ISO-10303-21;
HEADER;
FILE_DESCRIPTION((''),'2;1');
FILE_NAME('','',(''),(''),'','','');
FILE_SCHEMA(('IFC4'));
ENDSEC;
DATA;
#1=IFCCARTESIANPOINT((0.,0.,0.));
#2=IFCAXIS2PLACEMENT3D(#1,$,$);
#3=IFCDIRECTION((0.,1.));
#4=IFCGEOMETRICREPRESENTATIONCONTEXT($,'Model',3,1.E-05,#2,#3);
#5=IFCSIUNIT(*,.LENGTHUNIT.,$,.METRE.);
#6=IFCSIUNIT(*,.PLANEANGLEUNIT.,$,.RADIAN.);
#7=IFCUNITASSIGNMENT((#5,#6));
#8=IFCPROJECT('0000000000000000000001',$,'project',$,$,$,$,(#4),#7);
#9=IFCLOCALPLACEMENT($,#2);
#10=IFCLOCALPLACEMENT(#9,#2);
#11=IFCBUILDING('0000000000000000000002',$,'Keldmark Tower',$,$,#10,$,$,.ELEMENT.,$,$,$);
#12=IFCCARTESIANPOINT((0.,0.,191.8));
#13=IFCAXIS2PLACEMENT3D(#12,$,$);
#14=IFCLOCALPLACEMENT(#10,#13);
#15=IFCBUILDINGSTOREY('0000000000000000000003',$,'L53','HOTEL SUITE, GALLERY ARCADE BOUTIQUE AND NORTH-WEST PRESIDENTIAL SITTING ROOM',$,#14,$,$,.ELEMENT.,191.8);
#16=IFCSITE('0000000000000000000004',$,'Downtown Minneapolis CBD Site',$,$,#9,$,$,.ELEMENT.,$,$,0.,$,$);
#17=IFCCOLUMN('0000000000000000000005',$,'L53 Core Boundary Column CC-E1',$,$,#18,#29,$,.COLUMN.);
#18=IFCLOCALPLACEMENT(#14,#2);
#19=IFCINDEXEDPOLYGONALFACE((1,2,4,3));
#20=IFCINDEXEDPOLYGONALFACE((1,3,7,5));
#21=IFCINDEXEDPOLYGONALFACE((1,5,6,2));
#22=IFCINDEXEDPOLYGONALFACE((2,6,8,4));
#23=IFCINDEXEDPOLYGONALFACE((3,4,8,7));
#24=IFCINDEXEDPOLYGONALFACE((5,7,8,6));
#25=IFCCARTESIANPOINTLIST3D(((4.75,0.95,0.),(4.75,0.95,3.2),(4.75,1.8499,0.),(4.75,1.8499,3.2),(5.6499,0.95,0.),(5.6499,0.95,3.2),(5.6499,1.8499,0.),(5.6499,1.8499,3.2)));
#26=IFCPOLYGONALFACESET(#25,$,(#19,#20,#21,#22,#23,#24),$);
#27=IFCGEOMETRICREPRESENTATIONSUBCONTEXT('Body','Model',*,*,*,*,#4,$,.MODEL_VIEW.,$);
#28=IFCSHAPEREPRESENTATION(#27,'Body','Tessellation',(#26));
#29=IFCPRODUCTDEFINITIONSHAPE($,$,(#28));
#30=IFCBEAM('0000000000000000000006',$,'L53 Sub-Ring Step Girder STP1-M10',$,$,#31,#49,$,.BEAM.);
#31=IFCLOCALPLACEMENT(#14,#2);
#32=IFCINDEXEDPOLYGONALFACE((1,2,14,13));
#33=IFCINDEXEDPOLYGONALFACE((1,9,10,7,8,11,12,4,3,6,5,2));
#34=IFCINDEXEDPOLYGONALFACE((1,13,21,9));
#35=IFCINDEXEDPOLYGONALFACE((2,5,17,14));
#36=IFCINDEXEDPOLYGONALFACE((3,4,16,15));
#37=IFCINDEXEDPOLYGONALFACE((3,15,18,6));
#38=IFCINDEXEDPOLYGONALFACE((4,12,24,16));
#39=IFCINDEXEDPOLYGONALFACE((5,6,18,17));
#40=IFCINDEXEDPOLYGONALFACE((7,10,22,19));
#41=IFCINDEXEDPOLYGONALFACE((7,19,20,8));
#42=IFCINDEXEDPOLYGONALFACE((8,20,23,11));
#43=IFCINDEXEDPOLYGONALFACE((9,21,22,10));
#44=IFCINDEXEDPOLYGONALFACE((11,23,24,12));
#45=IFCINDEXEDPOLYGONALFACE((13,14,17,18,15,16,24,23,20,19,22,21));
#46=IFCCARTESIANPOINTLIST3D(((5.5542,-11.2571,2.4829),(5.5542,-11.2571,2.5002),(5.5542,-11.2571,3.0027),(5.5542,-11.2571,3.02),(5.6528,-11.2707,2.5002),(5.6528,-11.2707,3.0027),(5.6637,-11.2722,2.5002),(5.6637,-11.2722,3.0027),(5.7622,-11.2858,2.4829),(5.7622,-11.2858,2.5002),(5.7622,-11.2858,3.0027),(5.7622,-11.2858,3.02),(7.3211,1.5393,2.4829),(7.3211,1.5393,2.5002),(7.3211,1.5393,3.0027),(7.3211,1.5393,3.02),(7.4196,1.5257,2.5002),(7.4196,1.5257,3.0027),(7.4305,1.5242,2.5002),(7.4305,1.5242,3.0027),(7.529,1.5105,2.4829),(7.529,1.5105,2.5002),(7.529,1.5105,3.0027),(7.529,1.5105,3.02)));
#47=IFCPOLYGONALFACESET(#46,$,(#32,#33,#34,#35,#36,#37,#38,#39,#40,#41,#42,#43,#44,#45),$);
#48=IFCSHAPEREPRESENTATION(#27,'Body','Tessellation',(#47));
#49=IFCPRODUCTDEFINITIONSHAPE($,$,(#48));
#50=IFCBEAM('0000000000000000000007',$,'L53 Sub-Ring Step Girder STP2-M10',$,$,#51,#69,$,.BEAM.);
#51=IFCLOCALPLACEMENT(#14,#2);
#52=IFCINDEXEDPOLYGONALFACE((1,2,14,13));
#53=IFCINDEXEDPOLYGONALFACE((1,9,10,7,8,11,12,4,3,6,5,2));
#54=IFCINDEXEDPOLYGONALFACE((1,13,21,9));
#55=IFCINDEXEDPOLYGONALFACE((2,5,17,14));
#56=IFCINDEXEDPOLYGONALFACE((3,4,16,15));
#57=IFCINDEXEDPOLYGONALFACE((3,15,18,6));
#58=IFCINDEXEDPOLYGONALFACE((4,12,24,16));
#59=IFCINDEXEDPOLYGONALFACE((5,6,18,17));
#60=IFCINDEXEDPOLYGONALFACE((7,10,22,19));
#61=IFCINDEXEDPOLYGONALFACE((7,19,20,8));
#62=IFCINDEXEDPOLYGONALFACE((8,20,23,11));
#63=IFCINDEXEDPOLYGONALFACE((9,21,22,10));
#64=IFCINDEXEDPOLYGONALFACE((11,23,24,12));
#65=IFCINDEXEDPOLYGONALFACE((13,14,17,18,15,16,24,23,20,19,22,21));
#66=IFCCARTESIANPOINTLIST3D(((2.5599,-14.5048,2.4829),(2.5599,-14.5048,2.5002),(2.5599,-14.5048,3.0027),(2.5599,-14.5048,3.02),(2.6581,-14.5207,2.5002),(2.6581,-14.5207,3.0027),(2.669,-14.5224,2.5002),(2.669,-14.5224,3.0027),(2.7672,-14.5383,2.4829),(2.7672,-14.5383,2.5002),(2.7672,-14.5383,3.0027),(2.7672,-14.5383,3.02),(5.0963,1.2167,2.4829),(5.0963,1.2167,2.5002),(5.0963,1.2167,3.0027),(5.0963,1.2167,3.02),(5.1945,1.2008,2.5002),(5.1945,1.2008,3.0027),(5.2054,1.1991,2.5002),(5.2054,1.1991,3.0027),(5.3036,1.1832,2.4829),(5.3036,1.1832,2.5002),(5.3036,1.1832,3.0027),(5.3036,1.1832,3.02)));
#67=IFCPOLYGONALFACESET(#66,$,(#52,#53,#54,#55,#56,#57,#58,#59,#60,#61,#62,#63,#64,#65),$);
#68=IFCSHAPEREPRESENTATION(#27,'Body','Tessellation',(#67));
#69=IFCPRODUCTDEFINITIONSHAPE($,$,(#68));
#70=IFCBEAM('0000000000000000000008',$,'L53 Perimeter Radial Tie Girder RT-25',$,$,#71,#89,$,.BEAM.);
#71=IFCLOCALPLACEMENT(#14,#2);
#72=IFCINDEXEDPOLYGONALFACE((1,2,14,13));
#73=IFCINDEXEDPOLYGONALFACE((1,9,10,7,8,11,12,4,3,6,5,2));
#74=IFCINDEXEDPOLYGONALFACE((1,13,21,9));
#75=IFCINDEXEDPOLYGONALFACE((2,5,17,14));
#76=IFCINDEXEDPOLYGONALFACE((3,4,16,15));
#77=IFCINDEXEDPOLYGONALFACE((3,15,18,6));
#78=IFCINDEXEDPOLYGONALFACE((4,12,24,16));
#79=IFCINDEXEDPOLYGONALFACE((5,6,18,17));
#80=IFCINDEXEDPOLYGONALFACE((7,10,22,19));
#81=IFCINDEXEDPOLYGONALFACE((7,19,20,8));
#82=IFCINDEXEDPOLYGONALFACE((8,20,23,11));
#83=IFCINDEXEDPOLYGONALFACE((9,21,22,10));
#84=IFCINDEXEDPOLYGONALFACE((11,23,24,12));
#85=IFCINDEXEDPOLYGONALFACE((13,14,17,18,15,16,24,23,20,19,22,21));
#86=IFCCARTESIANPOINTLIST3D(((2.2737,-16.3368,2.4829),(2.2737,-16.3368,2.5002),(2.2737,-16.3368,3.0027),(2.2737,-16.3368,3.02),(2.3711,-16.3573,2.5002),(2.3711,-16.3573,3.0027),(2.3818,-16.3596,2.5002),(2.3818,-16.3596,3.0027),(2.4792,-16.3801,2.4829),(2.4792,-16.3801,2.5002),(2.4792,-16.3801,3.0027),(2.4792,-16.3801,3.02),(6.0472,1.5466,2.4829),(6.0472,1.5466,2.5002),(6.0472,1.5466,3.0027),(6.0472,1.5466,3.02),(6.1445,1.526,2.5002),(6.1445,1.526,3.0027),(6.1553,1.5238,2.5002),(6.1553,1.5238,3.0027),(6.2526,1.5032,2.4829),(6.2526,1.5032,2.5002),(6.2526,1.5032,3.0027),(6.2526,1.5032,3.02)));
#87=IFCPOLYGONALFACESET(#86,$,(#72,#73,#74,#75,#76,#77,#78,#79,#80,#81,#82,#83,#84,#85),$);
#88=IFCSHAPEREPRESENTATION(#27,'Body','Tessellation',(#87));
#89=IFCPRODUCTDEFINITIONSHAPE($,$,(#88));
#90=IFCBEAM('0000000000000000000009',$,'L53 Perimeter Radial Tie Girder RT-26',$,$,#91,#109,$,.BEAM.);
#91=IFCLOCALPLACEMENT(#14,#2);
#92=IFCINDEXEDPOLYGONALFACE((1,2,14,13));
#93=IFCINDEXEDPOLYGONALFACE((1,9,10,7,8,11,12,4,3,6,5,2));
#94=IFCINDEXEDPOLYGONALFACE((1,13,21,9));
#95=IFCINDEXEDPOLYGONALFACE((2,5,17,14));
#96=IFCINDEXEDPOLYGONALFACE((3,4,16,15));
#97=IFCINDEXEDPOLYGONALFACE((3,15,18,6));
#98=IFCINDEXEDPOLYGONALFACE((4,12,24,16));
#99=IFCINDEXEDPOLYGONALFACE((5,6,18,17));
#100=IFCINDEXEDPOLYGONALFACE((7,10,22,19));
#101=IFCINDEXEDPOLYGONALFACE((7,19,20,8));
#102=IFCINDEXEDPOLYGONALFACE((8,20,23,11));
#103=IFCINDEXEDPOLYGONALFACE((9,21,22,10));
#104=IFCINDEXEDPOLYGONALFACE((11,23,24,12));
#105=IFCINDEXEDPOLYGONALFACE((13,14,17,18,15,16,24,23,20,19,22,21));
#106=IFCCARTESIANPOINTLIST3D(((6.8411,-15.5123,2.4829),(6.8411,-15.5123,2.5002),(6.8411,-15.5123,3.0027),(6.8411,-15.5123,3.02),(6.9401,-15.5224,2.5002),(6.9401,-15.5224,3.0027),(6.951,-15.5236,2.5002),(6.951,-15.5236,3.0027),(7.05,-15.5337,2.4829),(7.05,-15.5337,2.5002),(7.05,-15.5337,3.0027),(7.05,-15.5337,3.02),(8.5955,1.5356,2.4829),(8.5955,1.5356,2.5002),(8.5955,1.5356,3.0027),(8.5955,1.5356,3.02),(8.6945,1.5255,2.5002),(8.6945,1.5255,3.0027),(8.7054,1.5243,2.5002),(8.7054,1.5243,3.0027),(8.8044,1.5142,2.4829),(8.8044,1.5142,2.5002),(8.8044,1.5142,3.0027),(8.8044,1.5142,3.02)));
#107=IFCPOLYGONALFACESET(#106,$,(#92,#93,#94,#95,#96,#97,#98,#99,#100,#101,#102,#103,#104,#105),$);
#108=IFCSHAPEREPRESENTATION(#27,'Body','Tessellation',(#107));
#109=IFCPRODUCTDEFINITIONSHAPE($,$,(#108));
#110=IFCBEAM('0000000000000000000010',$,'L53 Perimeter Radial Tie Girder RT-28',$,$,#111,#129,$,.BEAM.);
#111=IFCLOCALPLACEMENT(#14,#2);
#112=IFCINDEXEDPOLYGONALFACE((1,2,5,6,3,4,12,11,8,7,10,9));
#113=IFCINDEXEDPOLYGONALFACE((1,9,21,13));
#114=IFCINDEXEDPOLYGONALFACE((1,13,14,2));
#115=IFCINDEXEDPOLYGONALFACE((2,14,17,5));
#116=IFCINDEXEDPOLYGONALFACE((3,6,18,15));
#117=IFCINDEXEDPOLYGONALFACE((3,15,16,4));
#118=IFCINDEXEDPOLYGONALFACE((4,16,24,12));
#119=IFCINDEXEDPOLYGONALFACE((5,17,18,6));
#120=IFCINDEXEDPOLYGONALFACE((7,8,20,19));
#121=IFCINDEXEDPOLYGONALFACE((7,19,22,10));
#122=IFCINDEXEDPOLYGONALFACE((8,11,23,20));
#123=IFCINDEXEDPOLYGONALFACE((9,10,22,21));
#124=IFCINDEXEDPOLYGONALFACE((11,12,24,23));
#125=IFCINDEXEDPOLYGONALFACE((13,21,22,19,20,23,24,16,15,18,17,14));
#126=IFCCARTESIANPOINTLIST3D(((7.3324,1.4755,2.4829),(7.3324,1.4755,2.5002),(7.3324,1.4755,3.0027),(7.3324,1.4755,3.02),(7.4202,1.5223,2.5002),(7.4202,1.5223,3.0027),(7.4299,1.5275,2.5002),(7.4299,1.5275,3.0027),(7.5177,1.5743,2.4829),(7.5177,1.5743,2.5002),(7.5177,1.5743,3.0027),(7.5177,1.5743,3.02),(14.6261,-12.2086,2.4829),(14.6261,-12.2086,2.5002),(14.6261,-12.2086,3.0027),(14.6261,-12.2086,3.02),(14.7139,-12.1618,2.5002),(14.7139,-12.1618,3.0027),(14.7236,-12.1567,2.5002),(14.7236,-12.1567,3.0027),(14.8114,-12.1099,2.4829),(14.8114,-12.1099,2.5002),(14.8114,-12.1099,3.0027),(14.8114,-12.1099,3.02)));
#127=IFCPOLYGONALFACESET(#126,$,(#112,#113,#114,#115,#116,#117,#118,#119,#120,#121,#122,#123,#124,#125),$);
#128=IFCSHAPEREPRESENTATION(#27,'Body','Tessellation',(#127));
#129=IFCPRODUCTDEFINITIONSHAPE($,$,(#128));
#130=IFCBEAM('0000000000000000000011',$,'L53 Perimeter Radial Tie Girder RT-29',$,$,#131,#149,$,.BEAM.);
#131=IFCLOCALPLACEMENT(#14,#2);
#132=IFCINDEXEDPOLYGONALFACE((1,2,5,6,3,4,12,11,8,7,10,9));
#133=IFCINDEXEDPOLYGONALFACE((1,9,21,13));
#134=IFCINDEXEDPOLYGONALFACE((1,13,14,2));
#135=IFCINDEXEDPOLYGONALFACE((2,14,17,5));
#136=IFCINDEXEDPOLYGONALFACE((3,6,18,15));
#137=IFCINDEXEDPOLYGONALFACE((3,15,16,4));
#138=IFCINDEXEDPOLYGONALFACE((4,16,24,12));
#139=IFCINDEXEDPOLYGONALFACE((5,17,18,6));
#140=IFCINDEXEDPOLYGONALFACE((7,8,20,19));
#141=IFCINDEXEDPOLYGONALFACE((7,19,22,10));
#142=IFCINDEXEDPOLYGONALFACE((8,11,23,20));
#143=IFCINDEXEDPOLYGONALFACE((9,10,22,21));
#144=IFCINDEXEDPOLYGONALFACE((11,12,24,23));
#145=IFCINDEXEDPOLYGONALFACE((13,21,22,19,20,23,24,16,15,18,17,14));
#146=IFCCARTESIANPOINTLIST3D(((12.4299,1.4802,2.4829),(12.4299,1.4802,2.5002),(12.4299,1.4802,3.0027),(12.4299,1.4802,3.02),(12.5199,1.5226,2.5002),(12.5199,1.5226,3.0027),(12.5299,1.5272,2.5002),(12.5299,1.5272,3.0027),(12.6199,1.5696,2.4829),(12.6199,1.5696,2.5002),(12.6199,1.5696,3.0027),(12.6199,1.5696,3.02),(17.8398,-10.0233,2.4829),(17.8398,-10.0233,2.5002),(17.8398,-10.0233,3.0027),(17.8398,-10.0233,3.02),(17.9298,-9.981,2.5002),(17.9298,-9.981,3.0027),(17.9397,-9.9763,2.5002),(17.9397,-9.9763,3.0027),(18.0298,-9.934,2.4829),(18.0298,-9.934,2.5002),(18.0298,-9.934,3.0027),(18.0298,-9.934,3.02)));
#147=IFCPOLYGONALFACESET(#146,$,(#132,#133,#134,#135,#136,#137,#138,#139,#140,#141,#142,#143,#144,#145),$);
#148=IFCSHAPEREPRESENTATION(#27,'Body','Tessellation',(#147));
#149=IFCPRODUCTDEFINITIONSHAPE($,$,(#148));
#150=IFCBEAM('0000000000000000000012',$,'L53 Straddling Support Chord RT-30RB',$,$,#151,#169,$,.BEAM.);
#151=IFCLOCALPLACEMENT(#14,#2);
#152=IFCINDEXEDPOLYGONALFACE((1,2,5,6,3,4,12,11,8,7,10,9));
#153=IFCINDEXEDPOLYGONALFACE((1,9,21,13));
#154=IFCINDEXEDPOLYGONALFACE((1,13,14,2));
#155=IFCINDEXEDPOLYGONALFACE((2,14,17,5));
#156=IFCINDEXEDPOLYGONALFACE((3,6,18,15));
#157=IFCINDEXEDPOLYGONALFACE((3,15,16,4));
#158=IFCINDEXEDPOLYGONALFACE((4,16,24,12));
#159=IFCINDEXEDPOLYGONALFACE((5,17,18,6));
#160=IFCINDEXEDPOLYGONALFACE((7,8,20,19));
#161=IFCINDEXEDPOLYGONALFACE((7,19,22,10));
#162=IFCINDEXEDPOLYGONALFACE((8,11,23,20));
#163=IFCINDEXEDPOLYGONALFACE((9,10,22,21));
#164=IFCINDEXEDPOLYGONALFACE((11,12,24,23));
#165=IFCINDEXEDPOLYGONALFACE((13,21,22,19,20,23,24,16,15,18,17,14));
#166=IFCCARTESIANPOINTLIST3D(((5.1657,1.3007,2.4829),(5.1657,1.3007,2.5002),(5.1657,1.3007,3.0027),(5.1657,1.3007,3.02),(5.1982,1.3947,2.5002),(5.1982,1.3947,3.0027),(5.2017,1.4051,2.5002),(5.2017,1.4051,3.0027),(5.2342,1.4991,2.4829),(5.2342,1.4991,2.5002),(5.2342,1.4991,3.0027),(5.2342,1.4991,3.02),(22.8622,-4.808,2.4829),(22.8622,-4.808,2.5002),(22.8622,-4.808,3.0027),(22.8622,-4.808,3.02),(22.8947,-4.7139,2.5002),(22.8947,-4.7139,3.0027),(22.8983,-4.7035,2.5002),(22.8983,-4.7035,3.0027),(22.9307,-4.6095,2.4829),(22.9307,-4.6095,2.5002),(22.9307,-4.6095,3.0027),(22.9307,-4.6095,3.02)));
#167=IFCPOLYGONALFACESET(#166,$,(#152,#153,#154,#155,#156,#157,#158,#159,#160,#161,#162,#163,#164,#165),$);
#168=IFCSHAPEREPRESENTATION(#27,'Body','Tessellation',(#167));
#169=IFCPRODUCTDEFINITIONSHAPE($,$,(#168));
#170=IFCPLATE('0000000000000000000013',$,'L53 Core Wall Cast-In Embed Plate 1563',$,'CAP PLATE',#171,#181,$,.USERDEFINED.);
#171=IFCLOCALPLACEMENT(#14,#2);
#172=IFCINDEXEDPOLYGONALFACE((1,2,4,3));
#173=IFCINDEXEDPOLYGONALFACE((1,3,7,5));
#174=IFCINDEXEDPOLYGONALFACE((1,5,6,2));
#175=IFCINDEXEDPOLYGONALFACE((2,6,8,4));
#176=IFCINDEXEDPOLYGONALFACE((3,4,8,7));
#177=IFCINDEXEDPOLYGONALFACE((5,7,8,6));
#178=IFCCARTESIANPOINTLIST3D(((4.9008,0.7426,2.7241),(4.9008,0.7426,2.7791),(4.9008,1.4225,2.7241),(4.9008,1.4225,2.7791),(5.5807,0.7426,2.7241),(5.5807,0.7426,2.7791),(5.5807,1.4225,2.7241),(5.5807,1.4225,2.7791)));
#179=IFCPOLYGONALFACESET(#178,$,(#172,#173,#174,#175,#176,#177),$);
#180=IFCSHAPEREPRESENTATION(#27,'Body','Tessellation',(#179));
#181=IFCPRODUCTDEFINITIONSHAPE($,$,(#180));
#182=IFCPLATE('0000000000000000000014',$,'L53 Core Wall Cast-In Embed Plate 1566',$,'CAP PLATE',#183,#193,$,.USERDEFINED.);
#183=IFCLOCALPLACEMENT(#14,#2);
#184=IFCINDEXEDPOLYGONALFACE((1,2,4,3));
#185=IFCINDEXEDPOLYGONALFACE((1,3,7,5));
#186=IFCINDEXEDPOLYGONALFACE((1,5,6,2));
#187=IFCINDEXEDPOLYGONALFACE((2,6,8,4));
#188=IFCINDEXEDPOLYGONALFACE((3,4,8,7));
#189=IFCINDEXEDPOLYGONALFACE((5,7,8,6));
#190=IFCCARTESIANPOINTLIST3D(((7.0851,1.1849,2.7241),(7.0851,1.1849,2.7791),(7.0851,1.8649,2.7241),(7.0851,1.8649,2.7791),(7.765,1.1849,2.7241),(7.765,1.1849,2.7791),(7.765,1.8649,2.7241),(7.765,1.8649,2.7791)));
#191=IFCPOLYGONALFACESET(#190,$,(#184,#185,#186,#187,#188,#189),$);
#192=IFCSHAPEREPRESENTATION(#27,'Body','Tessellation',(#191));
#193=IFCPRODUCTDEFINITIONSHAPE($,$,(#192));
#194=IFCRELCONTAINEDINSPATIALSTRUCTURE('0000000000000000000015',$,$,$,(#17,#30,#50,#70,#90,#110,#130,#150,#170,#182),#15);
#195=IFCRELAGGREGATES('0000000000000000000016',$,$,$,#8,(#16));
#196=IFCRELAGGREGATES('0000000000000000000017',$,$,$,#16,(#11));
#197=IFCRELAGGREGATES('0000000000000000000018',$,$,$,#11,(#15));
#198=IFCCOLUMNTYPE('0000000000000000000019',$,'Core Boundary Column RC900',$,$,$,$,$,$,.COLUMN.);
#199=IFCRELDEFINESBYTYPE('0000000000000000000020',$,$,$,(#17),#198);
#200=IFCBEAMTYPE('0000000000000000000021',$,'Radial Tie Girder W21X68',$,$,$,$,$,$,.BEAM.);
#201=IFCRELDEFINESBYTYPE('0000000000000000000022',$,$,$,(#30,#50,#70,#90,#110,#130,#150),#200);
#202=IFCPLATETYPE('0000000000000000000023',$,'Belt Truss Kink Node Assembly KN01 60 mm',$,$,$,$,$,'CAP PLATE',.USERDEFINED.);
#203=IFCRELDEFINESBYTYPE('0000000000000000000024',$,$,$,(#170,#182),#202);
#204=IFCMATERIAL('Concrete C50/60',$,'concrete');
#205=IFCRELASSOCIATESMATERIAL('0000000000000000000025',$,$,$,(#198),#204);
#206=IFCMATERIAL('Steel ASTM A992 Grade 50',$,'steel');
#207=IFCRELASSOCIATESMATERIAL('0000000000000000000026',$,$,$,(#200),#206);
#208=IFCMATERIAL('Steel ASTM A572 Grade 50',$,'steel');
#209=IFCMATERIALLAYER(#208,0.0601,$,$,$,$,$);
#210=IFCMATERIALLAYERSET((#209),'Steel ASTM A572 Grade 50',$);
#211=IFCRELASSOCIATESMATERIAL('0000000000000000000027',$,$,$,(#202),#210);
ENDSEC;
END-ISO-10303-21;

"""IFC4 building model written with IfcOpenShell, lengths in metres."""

from ifc_helpers import new_model, si_unit, direction, frame, origin, origin_2d, place, context, subcontext, project, spatial, rectangle, i_section, extrude, material, layer, layer_set, material_profile, profile_set, type_object, element, save


model = new_model("IFC4")

# Units and contexts
model_context = context("Model", 3, precision=1e-05, world=origin(), true_north=direction((0.0, 1.0)))
body_context = subcontext(model_context, "Body", "Model", "MODEL_VIEW")
ifc_project = project(units=[si_unit("LENGTHUNIT", "METRE"), si_unit("PLANEANGLEUNIT", "RADIAN")], contexts=[model_context])

# Site, building, storey
site_placement = place(None, origin())
site = spatial("IfcSite", under=ifc_project, at=site_placement, Name="Downtown Minneapolis CBD Site", CompositionType="ELEMENT", RefElevation=0.0)
building_placement = place(site_placement, origin())
building = spatial("IfcBuilding", under=site, at=building_placement, Name="Keldmark Tower", CompositionType="ELEMENT")
storey_placement = place(building_placement, frame((0.0, 0.0, 191.8)))
storey = spatial("IfcBuildingStorey", under=building, at=storey_placement, Name="L53", Description="HOTEL SUITE, GALLERY ARCADE BOUTIQUE AND NORTH-WEST PRESIDENTIAL SITTING ROOM", CompositionType="ELEMENT", Elevation=191.8)

# Column
ifc_material_1 = material(Name="Concrete C50/60", Category="concrete")
ifc_material_profile_1 = material_profile(ifc_material_1, rectangle(XDim=0.8999, YDim=0.8999, at=origin_2d()), Name="RC900X900")
ifc_profile_set_1 = profile_set([ifc_material_profile_1], Name="Concrete C50/60")
column_type = type_object("IfcColumnType", Name="Core Boundary Column RC900", PredefinedType="COLUMN", material=ifc_profile_set_1)
column_placement = place(storey_placement, frame((5.2, 1.3999, 0.0), z_axis=(0.0, 0.0, 1.0), x_axis=(1.0, 0.0, 0.0)))
element("IfcColumn", 1, at=column_placement, inside=storey, type_object=column_type, Name="L53 Core Boundary Column CC-E1", PredefinedType="COLUMN", context=body_context, shape_type="SweptSolid", body=[
    extrude(rectangle(XDim=0.8999, YDim=0.8999, at=origin_2d()), origin(), (0.0, 0.0, 1.0), 3.2),
])

# Beams
ifc_material_2 = material(Name="Steel ASTM A992 Grade 50", Category="steel")
ifc_material_profile_2 = material_profile(ifc_material_2, i_section(OverallWidth=0.21, OverallDepth=0.5371, WebThickness=0.011, FlangeThickness=0.0173, at=origin_2d()), Name="W21X68")
ifc_profile_set_2 = profile_set([ifc_material_profile_2], Name="Steel ASTM A992 Grade 50")
beam_type = type_object("IfcBeamType", Name="Radial Tie Girder W21X68", PredefinedType="BEAM", material=ifc_profile_set_2)
beam_1_placement = place(storey_placement, frame((7.425, 1.5249, 2.7515), z_axis=(-0.136776, -0.990602, 0.0), x_axis=(0.990602, -0.136776, 0.0)))
element("IfcBeam", 2, at=beam_1_placement, inside=storey, type_object=beam_type, Name="L53 Sub-Ring Step Girder STP1-M10", PredefinedType="BEAM", context=body_context, shape_type="SweptSolid", body=[
    extrude(i_section(OverallWidth=0.21, OverallDepth=0.5371, WebThickness=0.011, FlangeThickness=0.0173, at=origin_2d()), origin(), (0.0, 0.0, 1.0), 12.9177),
])
beam_2_placement = place(storey_placement, frame((5.2, 1.2, 2.7515), z_axis=(-0.159273, -0.987235, 0.0), x_axis=(0.987235, -0.159273, 0.0)))
element("IfcBeam", 3, at=beam_2_placement, inside=storey, type_object=beam_type, Name="L53 Sub-Ring Step Girder STP2-M10", PredefinedType="BEAM", context=body_context, shape_type="SweptSolid", body=[
    extrude(i_section(OverallWidth=0.21, OverallDepth=0.5371, WebThickness=0.011, FlangeThickness=0.0173, at=origin_2d()), origin(), (0.0, 0.0, 1.0), 15.9248),
])
beam_3_placement = place(storey_placement, frame((6.1499, 1.5249, 2.7515), z_axis=(-0.206457, -0.978456, 0.0), x_axis=(0.978456, -0.206457, 0.0)))
element("IfcBeam", 4, at=beam_3_placement, inside=storey, type_object=beam_type, Name="L53 Perimeter Radial Tie Girder RT-25", PredefinedType="BEAM", context=body_context, shape_type="SweptSolid", body=[
    extrude(i_section(OverallWidth=0.21, OverallDepth=0.5371, WebThickness=0.011, FlangeThickness=0.0173, at=origin_2d()), origin(), (0.0, 0.0, 1.0), 18.2771),
])
beam_4_placement = place(storey_placement, frame((8.7, 1.5249, 2.7515), z_axis=(-0.102369, -0.994746, 0.0), x_axis=(0.994746, -0.102369, 0.0)))
element("IfcBeam", 5, at=beam_4_placement, inside=storey, type_object=beam_type, Name="L53 Perimeter Radial Tie Girder RT-26", PredefinedType="BEAM", context=body_context, shape_type="SweptSolid", body=[
    extrude(i_section(OverallWidth=0.21, OverallDepth=0.5371, WebThickness=0.011, FlangeThickness=0.0173, at=origin_2d()), origin(), (0.0, 0.0, 1.0), 17.1379),
])
beam_5_placement = place(storey_placement, frame((7.425, 1.5249, 2.7515), z_axis=(0.470363, -0.882473, 0.0), x_axis=(0.882473, 0.470363, 0.0)))
element("IfcBeam", 6, at=beam_5_placement, inside=storey, type_object=beam_type, Name="L53 Perimeter Radial Tie Girder RT-28", PredefinedType="BEAM", context=body_context, shape_type="SweptSolid", body=[
    extrude(i_section(OverallWidth=0.21, OverallDepth=0.5371, WebThickness=0.011, FlangeThickness=0.0173, at=origin_2d()), origin(), (0.0, 0.0, 1.0), 15.5066),
])
beam_6_placement = place(storey_placement, frame((12.5249, 1.5249, 2.7515), z_axis=(0.425567, -0.904927, 0.0), x_axis=(0.904927, 0.425567, 0.0)))
element("IfcBeam", 7, at=beam_6_placement, inside=storey, type_object=beam_type, Name="L53 Perimeter Radial Tie Girder RT-29", PredefinedType="BEAM", context=body_context, shape_type="SweptSolid", body=[
    extrude(i_section(OverallWidth=0.21, OverallDepth=0.5371, WebThickness=0.011, FlangeThickness=0.0173, at=origin_2d()), origin(), (0.0, 0.0, 1.0), 12.7122),
])
beam_7_placement = place(storey_placement, frame((5.2, 1.3999, 2.7515), z_axis=(0.945268, -0.326296, 0.0), x_axis=(0.326296, 0.945268, 0.0)))
element("IfcBeam", 8, at=beam_7_placement, inside=storey, type_object=beam_type, Name="L53 Straddling Support Chord RT-30RB", PredefinedType="BEAM", context=body_context, shape_type="SweptSolid", body=[
    extrude(i_section(OverallWidth=0.21, OverallDepth=0.5371, WebThickness=0.011, FlangeThickness=0.0173, at=origin_2d()), origin(), (0.0, 0.0, 1.0), 18.7212),
])

# Plates
ifc_material_3 = material(Name="Steel ASTM A572 Grade 50", Category="steel")
ifc_layer_1 = layer(ifc_material_3, 0.0601)
ifc_layer_set_1 = layer_set([ifc_layer_1], Name="Steel ASTM A572 Grade 50")
plate_type = type_object("IfcPlateType", Name="Belt Truss Kink Node Assembly KN01 60 mm", ElementType="CAP PLATE", PredefinedType="USERDEFINED", material=ifc_layer_set_1)
for number, where, z_axis, x_axis, name in (
    (9, (5.2407, 1.0825, 2.7241), (0.0, 0.0, 1.0), (1.0, 0.0, 0.0), "L53 Core Wall Cast-In Embed Plate 1563"),
    (10, (7.425, 1.5249, 2.7241), (0.0, 0.0, 1.0), (1.0, 0.0, 0.0), "L53 Core Wall Cast-In Embed Plate 1566"),
):
    element("IfcPlate", number, at=place(storey_placement, frame(where, z_axis=z_axis, x_axis=x_axis)), inside=storey, type_object=plate_type, Name=name, ObjectType="CAP PLATE", PredefinedType="USERDEFINED", context=body_context, shape_type="SweptSolid", body=[
        extrude(rectangle(XDim=0.6799, YDim=0.6799, at=origin_2d()), origin(), (0.0, 0.0, 1.0), 0.0549),
    ])

save(model, "model.ifc")
